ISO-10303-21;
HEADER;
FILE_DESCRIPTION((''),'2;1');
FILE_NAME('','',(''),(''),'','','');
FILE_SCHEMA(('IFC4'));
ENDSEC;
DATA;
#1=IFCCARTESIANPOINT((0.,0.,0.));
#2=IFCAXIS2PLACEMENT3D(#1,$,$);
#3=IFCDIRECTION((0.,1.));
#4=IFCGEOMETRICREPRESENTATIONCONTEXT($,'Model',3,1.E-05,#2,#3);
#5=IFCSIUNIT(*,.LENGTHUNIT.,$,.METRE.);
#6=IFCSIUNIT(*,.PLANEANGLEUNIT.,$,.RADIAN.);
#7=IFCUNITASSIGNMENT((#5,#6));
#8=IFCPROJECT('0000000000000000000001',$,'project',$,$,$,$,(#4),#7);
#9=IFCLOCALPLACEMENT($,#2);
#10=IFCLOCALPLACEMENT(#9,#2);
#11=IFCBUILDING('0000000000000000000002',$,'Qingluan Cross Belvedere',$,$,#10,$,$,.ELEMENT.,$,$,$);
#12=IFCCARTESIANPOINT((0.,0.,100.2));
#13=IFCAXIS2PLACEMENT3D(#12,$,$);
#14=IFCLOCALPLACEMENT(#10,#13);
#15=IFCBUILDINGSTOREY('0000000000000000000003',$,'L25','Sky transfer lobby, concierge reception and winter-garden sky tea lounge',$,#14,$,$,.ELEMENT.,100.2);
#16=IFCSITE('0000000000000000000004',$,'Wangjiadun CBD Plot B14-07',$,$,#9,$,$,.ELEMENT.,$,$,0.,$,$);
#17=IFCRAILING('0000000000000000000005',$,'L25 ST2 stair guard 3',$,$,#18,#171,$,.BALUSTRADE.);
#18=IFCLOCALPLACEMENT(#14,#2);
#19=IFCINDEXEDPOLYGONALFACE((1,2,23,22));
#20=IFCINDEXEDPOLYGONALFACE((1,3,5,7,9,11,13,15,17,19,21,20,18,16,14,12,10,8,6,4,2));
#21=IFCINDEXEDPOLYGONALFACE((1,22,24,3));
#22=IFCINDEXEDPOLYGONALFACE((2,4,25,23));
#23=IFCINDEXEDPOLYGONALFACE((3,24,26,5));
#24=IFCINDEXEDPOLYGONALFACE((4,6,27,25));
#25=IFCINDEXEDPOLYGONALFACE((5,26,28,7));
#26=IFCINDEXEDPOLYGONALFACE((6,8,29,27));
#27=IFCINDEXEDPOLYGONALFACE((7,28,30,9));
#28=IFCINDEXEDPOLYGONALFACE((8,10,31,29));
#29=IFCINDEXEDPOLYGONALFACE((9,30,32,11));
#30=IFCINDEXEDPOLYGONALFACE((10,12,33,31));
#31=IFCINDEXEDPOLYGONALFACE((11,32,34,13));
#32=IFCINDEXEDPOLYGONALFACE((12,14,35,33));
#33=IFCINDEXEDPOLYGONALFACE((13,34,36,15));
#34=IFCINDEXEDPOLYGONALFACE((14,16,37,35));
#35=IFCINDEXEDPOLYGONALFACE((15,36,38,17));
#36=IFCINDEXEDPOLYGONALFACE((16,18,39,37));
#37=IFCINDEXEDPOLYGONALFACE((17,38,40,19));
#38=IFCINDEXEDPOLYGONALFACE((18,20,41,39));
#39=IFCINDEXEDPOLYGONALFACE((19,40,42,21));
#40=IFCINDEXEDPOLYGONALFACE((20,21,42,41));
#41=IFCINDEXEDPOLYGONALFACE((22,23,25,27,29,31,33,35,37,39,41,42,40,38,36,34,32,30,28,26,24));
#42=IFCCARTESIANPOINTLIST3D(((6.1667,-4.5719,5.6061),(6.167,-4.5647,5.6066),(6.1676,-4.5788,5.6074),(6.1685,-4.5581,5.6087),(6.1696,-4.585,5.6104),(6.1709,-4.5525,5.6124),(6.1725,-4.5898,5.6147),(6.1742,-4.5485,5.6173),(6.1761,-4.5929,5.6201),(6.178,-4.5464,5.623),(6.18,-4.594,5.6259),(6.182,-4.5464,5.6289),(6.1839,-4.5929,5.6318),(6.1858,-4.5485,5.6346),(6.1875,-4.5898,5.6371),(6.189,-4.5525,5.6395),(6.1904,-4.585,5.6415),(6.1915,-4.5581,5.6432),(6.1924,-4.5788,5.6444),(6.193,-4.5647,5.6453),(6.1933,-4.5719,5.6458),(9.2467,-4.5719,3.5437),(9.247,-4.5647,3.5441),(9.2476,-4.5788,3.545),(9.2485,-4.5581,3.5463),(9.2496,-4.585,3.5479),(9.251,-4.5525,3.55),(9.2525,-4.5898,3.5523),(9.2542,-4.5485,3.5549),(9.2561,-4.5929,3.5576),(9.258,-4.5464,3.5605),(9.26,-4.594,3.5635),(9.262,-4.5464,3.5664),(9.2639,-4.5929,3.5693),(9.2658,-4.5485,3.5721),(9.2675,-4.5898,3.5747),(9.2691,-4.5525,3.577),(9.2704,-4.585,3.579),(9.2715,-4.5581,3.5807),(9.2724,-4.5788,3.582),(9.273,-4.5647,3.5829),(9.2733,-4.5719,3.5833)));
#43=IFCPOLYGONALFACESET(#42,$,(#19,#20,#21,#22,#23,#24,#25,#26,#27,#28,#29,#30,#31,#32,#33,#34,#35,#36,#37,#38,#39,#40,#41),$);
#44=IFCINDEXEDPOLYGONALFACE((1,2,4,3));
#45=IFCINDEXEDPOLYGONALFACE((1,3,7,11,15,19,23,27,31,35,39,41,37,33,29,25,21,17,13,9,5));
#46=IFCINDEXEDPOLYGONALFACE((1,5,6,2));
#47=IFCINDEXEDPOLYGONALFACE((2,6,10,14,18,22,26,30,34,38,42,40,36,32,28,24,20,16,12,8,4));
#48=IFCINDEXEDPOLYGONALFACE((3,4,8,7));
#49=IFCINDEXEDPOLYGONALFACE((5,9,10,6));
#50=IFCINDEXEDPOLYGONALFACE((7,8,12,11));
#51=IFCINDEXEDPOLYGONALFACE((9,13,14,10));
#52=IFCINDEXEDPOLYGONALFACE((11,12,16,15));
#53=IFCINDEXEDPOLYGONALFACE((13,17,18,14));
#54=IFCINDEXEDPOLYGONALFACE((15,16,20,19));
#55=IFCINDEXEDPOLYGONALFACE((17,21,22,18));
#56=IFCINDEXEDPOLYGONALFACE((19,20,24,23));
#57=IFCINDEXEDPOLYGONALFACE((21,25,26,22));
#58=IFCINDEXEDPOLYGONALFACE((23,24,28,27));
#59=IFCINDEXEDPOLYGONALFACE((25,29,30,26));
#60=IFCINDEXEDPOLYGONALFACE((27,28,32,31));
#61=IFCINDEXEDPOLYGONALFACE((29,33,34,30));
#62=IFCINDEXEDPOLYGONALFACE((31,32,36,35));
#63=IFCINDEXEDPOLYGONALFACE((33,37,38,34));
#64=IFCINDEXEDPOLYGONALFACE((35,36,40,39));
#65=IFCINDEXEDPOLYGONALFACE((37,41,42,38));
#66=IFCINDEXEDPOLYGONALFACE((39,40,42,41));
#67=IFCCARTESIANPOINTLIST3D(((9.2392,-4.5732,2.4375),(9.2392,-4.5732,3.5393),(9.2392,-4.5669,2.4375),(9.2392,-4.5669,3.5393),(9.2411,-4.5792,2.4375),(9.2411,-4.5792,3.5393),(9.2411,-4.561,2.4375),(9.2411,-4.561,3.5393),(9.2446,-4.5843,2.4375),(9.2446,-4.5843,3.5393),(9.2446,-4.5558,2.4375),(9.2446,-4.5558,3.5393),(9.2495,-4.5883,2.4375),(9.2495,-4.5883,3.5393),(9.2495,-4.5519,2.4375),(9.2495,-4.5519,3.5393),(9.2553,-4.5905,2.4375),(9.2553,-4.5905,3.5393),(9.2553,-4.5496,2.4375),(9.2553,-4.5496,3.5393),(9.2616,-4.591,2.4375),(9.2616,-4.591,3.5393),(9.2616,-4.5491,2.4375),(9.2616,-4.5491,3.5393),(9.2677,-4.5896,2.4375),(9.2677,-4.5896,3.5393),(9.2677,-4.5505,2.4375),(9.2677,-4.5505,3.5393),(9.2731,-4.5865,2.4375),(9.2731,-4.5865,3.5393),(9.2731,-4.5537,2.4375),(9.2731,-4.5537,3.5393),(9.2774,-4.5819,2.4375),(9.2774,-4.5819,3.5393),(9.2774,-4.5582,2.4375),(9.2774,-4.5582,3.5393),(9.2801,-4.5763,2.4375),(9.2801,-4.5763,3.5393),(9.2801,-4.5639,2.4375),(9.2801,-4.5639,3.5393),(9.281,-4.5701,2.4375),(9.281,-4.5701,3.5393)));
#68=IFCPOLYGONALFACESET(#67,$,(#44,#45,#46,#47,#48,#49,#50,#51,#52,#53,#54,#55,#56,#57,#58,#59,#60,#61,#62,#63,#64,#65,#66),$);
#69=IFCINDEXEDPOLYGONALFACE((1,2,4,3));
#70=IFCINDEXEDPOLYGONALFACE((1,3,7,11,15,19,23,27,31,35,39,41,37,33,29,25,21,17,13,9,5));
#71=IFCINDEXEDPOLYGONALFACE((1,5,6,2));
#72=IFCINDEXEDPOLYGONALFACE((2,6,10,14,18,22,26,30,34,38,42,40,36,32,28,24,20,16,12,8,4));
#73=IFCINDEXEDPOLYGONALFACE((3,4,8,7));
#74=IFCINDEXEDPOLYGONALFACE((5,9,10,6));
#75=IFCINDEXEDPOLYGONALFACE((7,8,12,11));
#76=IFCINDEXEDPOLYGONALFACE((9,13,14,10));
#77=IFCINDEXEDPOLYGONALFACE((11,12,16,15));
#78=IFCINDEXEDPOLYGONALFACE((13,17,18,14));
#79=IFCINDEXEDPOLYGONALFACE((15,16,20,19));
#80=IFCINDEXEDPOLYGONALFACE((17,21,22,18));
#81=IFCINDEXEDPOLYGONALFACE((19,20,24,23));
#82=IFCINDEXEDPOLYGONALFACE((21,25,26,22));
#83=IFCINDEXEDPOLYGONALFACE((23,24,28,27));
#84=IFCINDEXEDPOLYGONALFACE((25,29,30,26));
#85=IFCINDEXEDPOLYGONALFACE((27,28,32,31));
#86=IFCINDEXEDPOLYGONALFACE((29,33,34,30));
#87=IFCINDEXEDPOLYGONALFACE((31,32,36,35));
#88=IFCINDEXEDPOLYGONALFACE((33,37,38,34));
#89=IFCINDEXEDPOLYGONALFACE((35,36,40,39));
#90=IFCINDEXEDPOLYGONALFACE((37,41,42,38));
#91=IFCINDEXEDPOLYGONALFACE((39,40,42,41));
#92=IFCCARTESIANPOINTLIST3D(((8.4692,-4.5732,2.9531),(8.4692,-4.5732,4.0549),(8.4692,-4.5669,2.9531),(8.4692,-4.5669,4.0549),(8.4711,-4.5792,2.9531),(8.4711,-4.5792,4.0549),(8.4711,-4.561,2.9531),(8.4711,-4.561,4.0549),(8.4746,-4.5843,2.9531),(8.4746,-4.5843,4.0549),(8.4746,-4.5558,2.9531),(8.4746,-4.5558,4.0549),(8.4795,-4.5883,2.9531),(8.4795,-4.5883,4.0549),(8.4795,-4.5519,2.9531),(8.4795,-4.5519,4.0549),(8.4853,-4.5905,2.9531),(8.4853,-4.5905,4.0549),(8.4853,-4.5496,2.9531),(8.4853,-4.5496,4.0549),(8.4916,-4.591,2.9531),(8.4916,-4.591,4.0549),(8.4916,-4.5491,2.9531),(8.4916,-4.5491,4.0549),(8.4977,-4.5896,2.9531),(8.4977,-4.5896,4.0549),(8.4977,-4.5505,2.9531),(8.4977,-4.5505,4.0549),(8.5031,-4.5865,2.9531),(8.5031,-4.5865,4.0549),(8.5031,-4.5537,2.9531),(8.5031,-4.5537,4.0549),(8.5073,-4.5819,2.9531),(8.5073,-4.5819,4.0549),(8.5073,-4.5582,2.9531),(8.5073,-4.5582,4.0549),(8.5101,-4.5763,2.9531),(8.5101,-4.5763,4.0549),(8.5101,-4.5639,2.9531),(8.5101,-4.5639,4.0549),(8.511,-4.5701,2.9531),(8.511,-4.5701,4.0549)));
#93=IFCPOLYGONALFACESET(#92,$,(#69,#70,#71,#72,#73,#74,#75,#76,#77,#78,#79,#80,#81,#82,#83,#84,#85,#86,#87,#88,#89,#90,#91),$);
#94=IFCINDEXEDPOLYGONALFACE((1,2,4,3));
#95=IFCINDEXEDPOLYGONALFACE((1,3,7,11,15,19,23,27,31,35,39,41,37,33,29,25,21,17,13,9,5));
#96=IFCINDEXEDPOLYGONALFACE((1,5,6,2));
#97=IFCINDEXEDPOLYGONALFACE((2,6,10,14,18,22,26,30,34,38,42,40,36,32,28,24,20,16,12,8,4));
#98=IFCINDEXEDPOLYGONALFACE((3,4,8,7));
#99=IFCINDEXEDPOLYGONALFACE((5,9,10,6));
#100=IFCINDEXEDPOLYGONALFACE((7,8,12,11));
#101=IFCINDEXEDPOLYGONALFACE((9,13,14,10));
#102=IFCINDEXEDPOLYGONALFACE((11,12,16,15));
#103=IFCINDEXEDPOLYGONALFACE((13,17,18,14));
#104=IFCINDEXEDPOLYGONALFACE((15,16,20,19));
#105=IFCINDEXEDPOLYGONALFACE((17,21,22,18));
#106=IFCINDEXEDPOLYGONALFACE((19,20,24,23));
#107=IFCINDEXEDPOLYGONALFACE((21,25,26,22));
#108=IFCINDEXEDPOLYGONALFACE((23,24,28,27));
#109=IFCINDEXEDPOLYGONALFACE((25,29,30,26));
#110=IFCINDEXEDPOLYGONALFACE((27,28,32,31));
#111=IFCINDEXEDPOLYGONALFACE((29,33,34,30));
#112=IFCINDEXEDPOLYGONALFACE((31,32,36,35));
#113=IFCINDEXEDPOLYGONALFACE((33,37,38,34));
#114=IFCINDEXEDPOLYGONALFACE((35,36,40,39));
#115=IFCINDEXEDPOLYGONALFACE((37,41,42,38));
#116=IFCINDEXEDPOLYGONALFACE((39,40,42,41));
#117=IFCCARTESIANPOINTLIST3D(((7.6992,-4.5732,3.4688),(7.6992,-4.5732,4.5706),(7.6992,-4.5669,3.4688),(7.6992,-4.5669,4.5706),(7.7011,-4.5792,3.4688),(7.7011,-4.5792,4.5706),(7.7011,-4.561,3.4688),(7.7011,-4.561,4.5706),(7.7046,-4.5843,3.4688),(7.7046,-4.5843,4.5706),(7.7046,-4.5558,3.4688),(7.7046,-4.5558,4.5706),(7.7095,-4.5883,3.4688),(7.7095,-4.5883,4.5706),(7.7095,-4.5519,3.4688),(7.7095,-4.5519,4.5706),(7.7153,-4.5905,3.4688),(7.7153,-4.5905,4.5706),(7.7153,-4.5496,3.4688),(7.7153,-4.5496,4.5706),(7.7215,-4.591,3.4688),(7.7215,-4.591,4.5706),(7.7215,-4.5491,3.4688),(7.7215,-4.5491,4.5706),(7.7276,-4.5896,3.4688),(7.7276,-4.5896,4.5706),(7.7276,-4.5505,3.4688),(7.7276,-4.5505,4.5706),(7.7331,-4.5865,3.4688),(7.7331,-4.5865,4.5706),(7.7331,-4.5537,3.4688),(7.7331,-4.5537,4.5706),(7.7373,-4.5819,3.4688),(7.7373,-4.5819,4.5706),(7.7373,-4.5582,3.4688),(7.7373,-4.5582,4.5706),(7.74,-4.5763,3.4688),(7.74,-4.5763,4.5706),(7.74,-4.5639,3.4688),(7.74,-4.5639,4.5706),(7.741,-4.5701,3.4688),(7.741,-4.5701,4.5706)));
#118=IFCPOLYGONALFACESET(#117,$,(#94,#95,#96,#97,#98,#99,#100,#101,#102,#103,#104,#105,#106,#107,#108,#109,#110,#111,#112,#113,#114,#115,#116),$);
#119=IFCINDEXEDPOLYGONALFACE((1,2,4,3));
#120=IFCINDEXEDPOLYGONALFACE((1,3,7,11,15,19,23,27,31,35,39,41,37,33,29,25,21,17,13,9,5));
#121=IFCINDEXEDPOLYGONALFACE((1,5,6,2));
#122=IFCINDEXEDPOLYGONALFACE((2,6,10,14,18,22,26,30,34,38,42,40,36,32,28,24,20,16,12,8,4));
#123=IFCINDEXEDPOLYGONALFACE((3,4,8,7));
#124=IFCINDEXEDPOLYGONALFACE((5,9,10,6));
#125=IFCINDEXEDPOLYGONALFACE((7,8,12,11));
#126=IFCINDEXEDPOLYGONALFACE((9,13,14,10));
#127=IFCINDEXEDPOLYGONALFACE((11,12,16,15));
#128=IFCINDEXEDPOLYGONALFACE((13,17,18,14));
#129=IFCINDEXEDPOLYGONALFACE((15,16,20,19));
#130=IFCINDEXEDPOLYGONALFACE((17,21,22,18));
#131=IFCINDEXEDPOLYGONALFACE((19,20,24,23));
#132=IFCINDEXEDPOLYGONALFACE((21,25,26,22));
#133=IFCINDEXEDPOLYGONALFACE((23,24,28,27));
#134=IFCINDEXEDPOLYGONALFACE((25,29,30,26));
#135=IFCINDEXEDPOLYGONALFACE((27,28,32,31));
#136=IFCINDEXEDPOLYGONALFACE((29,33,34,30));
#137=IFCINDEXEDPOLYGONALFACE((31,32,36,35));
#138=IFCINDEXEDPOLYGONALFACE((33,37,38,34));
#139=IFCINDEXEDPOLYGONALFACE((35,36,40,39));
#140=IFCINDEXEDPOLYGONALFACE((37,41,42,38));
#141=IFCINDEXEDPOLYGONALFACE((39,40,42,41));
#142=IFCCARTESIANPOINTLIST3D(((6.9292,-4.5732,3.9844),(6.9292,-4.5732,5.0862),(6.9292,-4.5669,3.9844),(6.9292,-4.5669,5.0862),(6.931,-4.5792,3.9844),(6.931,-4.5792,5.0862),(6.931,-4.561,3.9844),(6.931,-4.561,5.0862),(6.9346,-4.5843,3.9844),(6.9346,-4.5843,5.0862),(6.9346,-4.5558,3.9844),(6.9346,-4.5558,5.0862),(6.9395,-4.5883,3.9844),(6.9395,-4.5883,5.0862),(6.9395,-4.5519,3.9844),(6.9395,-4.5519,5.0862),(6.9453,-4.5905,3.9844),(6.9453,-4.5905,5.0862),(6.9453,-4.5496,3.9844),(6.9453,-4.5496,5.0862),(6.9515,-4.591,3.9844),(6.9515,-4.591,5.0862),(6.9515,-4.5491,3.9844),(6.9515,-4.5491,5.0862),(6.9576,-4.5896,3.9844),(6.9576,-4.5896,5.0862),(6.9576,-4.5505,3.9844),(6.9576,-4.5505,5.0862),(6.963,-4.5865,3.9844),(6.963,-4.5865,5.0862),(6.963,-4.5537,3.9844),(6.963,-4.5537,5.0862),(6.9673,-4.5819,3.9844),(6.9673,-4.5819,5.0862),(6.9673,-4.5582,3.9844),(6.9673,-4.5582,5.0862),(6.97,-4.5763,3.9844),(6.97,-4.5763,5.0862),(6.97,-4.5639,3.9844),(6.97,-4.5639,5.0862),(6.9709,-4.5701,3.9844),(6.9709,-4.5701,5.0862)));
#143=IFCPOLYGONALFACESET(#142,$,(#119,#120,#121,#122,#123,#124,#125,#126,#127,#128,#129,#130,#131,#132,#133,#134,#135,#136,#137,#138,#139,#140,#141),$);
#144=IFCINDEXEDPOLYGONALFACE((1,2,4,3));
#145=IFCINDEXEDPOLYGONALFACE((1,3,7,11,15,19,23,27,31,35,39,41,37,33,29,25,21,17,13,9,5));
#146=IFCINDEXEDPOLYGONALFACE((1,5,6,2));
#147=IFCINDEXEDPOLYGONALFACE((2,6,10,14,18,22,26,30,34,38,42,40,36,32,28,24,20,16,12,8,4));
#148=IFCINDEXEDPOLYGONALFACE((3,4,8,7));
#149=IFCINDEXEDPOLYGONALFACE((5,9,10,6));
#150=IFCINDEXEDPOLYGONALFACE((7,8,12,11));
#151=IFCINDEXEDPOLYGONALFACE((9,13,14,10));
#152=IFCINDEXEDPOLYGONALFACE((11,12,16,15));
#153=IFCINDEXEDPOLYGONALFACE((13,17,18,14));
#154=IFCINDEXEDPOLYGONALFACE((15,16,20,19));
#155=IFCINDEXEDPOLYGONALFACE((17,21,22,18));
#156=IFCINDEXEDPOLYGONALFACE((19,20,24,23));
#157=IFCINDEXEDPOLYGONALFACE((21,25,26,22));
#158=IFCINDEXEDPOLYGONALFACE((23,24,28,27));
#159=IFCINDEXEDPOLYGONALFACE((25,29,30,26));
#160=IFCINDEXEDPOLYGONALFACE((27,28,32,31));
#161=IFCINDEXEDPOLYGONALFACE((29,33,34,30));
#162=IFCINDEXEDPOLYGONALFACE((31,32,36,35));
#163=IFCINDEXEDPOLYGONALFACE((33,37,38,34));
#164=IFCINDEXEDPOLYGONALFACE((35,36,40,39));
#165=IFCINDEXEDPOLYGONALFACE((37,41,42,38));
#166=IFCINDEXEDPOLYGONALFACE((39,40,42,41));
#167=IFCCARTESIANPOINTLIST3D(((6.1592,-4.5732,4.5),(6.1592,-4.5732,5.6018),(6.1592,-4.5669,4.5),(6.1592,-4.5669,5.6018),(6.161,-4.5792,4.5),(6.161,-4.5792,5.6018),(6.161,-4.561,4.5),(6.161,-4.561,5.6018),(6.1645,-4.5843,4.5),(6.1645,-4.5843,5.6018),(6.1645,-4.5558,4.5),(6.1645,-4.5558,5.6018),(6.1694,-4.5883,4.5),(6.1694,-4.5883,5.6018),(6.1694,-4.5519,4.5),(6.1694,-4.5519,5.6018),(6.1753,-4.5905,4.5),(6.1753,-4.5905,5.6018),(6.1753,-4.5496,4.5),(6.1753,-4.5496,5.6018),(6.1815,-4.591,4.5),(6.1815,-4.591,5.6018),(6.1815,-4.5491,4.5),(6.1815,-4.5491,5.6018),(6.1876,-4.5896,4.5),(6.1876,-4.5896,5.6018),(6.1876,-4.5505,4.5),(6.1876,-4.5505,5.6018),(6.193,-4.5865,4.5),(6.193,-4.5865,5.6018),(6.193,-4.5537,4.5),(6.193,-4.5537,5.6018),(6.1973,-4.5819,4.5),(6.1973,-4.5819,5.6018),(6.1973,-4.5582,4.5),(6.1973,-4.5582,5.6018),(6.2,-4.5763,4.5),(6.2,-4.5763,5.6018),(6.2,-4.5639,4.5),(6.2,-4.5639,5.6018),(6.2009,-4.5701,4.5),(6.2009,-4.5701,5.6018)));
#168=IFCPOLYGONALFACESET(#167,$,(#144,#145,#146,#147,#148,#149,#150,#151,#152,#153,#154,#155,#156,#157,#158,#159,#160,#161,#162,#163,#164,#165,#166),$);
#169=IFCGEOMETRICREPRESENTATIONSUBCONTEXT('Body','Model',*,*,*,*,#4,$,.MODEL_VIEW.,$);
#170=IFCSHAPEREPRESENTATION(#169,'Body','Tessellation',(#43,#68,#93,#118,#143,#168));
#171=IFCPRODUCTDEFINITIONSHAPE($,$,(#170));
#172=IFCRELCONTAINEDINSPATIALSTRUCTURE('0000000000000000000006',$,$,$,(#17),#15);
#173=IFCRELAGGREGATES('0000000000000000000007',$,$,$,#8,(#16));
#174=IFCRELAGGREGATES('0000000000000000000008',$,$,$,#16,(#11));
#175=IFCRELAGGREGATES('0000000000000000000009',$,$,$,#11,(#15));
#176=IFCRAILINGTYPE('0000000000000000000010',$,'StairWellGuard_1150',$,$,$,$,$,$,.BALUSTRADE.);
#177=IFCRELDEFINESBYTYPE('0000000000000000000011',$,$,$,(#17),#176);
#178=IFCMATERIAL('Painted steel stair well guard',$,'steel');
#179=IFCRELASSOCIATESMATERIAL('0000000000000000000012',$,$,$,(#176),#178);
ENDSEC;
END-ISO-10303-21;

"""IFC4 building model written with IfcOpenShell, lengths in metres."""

from ifc_helpers import new_model, si_unit, direction, frame, origin, origin_2d, place, context, subcontext, project, spatial, circle, extrude, material, type_object, element, save


model = new_model("IFC4")

# Units and contexts
model_context = context("Model", 3, precision=1e-05, world=origin(), true_north=direction((0.0, 1.0)))
body_context = subcontext(model_context, "Body", "Model", "MODEL_VIEW")
ifc_project = project(units=[si_unit("LENGTHUNIT", "METRE"), si_unit("PLANEANGLEUNIT", "RADIAN")], contexts=[model_context])

# Site, building, storey
site_placement = place(None, origin())
site = spatial("IfcSite", under=ifc_project, at=site_placement, Name="Wangjiadun CBD Plot B14-07", CompositionType="ELEMENT", RefElevation=0.0)
building_placement = place(site_placement, origin())
building = spatial("IfcBuilding", under=site, at=building_placement, Name="Qingluan Cross Belvedere", CompositionType="ELEMENT")
storey_placement = place(building_placement, frame((0.0, 0.0, 100.2)))
storey = spatial("IfcBuildingStorey", under=building, at=storey_placement, Name="L25", Description="Sky transfer lobby, concierge reception and winter-garden sky tea lounge", CompositionType="ELEMENT", Elevation=100.2)

# Railing
ifc_material_1 = material(Name="Painted steel stair well guard", Category="steel")
railing_type_1 = type_object("IfcRailingType", Name="StairWellGuard_1150", PredefinedType="BALUSTRADE", material=ifc_material_1)
railing_1_placement = place(storey_placement, frame((9.26, -4.5701, 2.4375)))
element("IfcRailing", 1, at=railing_1_placement, inside=storey, type_object=railing_type_1, Name="L25 ST2 stair guard 3", PredefinedType="BALUSTRADE", context=body_context, shape_type="SweptSolid", body=[
    extrude(circle(Radius=0.0239, at=origin_2d()), frame((0.0, 0.0, 1.126), z_axis=(-0.830914, 0.0, 0.556401), x_axis=(0.0, -1.0, 0.0)), (0.0, 0.0, 1.0), 3.7068),
    extrude(circle(Radius=0.021, at=origin_2d()), origin(), (0.0, 0.0, 1.0), 1.1018),
    extrude(circle(Radius=0.021, at=origin_2d()), frame((-0.77, 0.0, 0.5156)), (0.0, 0.0, 1.0), 1.1018),
    extrude(circle(Radius=0.021, at=origin_2d()), frame((-1.54, 0.0, 1.0312)), (0.0, 0.0, 1.0), 1.1018),
    extrude(circle(Radius=0.021, at=origin_2d()), frame((-2.3101, 0.0, 1.5469)), (0.0, 0.0, 1.0), 1.1018),
    extrude(circle(Radius=0.021, at=origin_2d()), frame((-3.0801, 0.0, 2.0625)), (0.0, 0.0, 1.0), 1.1018),
])

save(model, "model.ifc")
